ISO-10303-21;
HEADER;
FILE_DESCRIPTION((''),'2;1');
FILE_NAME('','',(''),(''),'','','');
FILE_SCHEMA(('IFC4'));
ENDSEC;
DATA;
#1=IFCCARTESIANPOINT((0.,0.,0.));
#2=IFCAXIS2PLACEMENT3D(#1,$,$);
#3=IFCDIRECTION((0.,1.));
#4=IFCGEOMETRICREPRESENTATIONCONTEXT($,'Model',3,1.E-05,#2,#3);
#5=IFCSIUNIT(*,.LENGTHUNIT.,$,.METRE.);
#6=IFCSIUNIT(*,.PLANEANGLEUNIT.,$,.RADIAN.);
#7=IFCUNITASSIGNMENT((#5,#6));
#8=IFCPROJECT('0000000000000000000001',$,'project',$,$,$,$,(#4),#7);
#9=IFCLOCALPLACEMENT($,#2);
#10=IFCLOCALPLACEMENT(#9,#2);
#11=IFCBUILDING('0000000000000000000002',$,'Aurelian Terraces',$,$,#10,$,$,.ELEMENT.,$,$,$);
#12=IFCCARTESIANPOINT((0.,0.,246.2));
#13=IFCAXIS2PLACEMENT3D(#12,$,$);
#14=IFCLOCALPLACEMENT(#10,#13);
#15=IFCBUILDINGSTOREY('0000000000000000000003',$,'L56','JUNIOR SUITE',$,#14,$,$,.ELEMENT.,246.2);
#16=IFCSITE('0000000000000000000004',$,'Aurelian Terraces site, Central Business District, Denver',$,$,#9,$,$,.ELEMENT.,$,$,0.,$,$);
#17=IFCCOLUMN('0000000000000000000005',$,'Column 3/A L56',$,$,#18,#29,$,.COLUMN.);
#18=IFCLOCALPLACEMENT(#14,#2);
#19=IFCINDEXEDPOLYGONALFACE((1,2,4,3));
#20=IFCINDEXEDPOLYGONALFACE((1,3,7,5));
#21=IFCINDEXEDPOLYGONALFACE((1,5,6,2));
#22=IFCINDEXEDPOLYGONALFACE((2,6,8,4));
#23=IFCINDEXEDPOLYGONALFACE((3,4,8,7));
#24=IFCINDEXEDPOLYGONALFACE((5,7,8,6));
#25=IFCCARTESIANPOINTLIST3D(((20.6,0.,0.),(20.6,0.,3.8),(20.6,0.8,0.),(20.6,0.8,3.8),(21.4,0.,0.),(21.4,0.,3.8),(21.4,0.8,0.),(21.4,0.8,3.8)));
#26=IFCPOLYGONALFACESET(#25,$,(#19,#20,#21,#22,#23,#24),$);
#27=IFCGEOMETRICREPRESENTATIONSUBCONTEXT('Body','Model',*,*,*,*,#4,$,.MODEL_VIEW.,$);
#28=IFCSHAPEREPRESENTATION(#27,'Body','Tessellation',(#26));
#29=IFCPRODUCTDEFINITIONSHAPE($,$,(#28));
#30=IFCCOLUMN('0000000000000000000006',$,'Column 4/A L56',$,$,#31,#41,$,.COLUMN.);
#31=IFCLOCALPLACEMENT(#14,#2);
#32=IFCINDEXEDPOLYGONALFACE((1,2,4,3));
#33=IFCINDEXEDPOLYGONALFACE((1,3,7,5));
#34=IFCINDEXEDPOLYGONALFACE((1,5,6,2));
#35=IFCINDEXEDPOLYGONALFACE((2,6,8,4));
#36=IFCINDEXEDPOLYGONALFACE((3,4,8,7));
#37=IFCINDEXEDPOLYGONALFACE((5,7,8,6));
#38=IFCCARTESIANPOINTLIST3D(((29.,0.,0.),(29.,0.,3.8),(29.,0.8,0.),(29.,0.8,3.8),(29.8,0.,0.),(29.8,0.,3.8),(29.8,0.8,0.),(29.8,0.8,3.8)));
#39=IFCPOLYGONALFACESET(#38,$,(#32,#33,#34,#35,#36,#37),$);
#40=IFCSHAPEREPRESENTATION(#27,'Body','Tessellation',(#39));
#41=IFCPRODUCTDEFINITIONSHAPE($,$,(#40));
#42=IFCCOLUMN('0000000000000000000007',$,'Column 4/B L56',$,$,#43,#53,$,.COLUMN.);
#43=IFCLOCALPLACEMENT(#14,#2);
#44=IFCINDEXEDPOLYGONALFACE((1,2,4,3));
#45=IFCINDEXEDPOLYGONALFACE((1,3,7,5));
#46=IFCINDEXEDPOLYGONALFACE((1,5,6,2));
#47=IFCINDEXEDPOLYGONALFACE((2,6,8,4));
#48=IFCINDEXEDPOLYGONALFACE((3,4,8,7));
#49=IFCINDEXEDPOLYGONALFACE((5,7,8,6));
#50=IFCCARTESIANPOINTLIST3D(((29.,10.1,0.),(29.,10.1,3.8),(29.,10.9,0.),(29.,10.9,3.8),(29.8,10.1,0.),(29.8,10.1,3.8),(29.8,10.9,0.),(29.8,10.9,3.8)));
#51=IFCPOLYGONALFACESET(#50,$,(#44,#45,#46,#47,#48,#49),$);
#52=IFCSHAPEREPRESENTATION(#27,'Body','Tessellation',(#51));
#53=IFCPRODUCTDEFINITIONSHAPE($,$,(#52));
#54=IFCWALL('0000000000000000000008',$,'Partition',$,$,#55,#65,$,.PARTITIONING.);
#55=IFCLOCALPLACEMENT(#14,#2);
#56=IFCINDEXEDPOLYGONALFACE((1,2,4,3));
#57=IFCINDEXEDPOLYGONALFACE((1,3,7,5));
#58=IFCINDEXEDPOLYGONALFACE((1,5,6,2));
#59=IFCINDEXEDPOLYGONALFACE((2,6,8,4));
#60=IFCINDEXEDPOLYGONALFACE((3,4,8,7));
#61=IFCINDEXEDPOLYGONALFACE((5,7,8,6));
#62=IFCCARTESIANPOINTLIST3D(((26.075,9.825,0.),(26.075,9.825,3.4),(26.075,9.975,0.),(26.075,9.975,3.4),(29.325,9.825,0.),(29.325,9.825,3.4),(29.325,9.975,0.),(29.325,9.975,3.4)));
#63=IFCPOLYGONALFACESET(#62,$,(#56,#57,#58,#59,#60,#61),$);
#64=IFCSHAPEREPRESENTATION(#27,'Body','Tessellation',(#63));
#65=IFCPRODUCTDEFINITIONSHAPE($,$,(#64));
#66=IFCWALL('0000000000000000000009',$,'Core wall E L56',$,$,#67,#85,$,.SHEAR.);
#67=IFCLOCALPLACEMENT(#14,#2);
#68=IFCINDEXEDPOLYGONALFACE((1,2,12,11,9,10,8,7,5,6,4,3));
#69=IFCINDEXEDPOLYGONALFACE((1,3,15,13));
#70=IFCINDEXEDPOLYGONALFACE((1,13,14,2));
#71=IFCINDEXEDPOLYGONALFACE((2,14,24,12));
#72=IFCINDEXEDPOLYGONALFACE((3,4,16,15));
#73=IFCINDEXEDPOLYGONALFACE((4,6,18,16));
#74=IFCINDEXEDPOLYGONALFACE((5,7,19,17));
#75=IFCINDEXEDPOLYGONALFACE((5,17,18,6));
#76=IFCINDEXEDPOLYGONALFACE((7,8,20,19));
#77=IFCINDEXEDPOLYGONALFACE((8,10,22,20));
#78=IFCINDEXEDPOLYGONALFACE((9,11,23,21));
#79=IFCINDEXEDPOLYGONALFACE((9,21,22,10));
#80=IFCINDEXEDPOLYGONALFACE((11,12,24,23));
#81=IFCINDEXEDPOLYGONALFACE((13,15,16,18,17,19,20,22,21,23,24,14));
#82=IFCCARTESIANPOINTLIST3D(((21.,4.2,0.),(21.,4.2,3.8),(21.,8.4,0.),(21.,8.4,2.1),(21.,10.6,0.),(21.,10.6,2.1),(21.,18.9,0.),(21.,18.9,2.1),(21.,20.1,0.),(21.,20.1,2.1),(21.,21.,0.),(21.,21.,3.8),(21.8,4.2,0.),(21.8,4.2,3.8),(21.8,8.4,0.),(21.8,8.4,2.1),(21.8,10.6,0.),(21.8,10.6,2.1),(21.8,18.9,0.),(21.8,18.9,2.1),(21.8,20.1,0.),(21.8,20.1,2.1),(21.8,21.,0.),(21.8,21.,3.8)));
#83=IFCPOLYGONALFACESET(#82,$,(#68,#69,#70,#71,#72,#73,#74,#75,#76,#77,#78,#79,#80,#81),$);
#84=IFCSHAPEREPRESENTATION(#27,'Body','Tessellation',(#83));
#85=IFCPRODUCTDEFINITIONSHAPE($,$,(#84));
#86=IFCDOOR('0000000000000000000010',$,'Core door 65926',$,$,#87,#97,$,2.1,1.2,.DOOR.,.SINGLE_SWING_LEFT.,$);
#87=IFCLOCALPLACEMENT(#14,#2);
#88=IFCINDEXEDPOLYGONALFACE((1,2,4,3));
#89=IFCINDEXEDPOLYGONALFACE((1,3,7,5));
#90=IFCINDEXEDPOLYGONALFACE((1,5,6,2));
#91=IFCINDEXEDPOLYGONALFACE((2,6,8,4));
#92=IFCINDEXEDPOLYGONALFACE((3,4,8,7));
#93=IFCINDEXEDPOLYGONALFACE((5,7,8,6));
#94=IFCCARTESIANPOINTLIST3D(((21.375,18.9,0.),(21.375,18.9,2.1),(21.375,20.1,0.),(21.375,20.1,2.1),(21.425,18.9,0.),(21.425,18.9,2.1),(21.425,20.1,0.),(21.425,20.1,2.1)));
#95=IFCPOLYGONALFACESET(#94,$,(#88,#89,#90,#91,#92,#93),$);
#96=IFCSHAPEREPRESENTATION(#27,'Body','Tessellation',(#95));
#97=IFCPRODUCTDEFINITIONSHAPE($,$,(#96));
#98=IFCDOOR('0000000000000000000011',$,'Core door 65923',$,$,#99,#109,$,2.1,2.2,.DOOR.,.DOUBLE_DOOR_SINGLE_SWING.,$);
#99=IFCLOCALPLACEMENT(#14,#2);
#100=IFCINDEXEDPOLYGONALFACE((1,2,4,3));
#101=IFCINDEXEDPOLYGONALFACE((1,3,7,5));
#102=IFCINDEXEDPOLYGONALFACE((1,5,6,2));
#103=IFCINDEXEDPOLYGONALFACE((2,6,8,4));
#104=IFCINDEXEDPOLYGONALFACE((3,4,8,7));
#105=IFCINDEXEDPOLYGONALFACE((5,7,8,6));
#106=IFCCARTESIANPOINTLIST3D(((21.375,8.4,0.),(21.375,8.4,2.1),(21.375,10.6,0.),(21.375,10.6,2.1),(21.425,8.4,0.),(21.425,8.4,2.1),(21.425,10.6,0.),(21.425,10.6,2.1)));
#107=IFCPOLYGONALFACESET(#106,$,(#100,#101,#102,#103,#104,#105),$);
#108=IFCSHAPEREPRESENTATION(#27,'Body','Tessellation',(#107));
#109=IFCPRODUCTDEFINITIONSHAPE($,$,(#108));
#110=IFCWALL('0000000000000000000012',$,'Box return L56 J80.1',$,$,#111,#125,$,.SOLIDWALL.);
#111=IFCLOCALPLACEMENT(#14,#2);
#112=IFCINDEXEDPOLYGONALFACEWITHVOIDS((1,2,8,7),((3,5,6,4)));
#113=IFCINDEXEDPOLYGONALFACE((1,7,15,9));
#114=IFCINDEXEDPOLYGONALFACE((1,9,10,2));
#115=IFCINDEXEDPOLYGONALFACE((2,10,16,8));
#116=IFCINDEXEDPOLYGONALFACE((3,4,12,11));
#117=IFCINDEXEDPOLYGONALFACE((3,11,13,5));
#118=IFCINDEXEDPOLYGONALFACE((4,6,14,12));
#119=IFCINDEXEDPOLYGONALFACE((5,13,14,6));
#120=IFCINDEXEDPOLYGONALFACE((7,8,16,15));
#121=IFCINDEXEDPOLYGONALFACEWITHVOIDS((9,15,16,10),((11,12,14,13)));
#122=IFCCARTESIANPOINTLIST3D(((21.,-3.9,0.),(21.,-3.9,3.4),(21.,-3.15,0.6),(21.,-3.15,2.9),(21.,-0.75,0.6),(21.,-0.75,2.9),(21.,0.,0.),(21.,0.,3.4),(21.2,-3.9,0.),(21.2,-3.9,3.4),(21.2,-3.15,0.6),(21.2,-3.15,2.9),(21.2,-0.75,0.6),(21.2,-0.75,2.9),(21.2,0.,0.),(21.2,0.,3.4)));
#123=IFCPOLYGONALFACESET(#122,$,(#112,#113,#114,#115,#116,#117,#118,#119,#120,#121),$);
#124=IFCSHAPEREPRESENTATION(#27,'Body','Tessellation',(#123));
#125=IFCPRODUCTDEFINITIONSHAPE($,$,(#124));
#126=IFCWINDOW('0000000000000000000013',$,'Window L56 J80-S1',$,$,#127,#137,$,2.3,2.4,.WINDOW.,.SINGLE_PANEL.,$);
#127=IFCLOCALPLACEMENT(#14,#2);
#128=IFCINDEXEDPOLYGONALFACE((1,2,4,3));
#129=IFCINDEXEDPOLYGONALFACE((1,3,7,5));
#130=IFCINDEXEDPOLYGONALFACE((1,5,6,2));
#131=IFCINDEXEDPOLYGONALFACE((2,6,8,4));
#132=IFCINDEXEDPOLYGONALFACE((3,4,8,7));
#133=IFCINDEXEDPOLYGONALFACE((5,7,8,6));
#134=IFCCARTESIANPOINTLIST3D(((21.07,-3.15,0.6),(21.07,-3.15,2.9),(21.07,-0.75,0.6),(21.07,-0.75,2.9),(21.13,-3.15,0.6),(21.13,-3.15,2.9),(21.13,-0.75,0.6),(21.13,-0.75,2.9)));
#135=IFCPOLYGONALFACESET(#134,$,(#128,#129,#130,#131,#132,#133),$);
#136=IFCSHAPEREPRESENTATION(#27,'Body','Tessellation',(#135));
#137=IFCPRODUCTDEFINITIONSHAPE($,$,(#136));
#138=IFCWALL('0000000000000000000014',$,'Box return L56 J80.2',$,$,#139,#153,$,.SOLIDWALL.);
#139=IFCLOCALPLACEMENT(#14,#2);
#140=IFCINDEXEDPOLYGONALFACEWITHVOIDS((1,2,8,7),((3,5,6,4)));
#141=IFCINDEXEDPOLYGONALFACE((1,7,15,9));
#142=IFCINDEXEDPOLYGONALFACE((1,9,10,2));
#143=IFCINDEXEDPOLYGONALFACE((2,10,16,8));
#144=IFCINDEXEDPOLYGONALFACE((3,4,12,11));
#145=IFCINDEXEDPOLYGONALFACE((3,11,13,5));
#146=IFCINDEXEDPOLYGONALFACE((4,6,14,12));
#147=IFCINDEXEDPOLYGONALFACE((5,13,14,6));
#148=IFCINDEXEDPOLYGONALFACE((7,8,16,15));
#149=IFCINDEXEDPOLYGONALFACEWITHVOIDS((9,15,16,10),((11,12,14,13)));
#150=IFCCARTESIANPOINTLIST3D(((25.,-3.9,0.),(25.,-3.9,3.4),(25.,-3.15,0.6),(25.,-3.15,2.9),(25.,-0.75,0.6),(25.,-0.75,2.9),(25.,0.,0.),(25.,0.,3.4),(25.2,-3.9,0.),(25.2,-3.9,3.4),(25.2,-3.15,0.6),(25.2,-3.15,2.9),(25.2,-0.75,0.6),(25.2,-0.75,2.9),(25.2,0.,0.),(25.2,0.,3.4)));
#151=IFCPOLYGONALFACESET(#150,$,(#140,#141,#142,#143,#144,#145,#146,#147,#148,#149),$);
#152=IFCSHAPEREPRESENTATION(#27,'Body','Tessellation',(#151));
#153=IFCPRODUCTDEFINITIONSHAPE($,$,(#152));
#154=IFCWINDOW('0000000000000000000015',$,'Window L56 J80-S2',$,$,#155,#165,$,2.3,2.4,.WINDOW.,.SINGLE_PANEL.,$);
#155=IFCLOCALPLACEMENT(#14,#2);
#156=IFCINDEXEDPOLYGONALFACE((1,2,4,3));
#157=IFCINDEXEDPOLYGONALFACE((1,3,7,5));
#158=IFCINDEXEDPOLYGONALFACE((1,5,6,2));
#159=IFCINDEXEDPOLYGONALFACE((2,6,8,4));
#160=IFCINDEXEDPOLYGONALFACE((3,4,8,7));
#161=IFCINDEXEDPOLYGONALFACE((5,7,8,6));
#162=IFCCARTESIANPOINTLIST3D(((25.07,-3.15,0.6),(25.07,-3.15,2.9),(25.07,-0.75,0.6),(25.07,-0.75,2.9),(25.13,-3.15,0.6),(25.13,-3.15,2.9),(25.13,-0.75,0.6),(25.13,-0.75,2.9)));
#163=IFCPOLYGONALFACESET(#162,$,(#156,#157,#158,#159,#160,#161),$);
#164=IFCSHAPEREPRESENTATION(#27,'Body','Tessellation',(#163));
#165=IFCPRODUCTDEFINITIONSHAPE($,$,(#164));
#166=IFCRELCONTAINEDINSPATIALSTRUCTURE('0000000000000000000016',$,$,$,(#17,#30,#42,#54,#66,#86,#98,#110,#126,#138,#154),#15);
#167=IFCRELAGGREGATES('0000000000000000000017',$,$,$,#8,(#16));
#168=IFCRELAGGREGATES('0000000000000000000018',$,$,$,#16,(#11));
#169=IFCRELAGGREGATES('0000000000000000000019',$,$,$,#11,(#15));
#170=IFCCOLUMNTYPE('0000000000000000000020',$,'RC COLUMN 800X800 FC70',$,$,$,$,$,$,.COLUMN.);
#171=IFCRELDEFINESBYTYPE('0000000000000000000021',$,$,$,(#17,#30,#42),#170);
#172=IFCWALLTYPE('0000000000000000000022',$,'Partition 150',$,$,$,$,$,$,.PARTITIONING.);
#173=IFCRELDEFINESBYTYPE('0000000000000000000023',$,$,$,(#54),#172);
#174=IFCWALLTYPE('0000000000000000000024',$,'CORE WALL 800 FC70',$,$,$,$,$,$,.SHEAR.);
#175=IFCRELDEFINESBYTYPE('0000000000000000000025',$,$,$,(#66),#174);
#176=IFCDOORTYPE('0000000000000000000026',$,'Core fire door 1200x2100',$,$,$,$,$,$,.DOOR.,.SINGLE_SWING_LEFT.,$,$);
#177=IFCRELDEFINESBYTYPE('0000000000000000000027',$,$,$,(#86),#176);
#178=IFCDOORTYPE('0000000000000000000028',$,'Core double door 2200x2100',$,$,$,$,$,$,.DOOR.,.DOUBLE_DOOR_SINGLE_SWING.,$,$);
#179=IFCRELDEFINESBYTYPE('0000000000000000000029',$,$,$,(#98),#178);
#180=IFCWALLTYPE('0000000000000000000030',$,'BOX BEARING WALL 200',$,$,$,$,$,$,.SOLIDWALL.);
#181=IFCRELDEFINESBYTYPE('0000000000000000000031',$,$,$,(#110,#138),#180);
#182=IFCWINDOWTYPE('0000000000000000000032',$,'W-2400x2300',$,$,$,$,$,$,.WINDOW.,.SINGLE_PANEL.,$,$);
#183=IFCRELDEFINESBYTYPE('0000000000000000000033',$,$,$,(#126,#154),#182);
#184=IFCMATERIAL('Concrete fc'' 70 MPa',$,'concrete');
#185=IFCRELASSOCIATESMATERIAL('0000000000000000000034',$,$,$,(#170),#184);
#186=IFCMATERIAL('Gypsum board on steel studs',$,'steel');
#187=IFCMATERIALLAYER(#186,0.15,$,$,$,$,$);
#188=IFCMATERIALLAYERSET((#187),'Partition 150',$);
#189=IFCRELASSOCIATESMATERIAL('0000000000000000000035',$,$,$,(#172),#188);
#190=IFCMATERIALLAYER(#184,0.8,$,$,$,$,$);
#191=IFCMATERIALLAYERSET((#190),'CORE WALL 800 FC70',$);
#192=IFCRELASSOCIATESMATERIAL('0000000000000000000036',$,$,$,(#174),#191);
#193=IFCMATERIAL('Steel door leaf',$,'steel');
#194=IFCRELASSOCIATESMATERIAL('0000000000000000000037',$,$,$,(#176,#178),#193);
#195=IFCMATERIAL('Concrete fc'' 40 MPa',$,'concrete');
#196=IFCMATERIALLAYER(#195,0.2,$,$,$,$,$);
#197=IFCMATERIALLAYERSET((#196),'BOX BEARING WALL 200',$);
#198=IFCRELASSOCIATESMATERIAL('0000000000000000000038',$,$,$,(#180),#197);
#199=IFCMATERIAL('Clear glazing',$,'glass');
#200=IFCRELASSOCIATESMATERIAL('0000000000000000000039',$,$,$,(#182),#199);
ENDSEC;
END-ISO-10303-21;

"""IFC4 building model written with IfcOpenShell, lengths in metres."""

from ifc_helpers import new_model, si_unit, direction, frame, frame_2d, origin, origin_2d, place, context, subcontext, project, spatial, rectangle, extrude, source, transform, mapped, material, layer, layer_set, material_profile, profile_set, type_object, element, fill, save


model = new_model("IFC4")

# Units and contexts
model_context = context("Model", 3, precision=1e-05, world=origin(), true_north=direction((0.0, 1.0)))
body_context = subcontext(model_context, "Body", "Model", "MODEL_VIEW")
ifc_project = project(units=[si_unit("LENGTHUNIT", "METRE"), si_unit("PLANEANGLEUNIT", "RADIAN")], contexts=[model_context])

# Site, building, storey
site_placement = place(None, origin())
site = spatial("IfcSite", under=ifc_project, at=site_placement, Name="Aurelian Terraces site, Central Business District, Denver", CompositionType="ELEMENT", RefElevation=0.0)
building_placement = place(site_placement, origin())
building = spatial("IfcBuilding", under=site, at=building_placement, Name="Aurelian Terraces", CompositionType="ELEMENT")
storey_placement = place(building_placement, frame((0.0, 0.0, 246.2)))
storey = spatial("IfcBuildingStorey", under=building, at=storey_placement, Name="L56", Description="JUNIOR SUITE", CompositionType="ELEMENT", Elevation=246.2)

# Columns
ifc_material_1 = material(Name="Concrete fc' 70 MPa", Category="concrete")
ifc_material_profile = material_profile(ifc_material_1, rectangle(XDim=0.8, YDim=0.8, at=origin_2d()))
ifc_profile_set = profile_set([ifc_material_profile], Name="Concrete fc' 70 MPa")
column_type = type_object("IfcColumnType", Name="RC COLUMN 800X800 FC70", PredefinedType="COLUMN", material=ifc_profile_set)
shared_shape_1 = source(origin(), body_context, "Body", "SweptSolid", [
    extrude(rectangle(XDim=0.8, YDim=0.8, at=origin_2d()), origin(), (0.0, 0.0, 1.0), 3.8),
])
for number, where, z_axis, x_axis, name in (
    (1, (21.0, 0.4, 0.0), (0.0, 0.0, 1.0), (1.0, 0.0, 0.0), "Column 3/A L56"),
    (2, (29.4, 0.4, 0.0), (0.0, 0.0, 1.0), (1.0, 0.0, 0.0), "Column 4/A L56"),
    (3, (29.4, 10.5, 0.0), (0.0, 0.0, 1.0), (1.0, 0.0, 0.0), "Column 4/B L56"),
):
    element("IfcColumn", number, at=place(storey_placement, frame(where, z_axis=z_axis, x_axis=x_axis)), inside=storey, type_object=column_type, Name=name, PredefinedType="COLUMN", context=body_context, shape_type="MappedRepresentation", body=[
        mapped(shared_shape_1, transform((0.0, 0.0, 0.0), scale=1.0)),
    ])

# Wall
ifc_material_2 = material(Name="Gypsum board on steel studs", Category="steel")
ifc_layer_1 = layer(ifc_material_2, 0.15)
ifc_layer_set_1 = layer_set([ifc_layer_1], Name="Partition 150")
wall_type_1 = type_object("IfcWallType", Name="Partition 150", PredefinedType="PARTITIONING", material=ifc_layer_set_1)
wall_1_placement = place(storey_placement, frame((29.325, 9.9, 0.0), z_axis=(0.0, 0.0, 1.0), x_axis=(-1.0, 0.0, 0.0)))
element("IfcWall", 4, at=wall_1_placement, inside=storey, type_object=wall_type_1, Name="Partition", PredefinedType="PARTITIONING", context=body_context, shape_type="SweptSolid", body=[
    extrude(rectangle(XDim=3.25, YDim=0.15, at=frame_2d((1.625, 0.0))), origin(), (0.0, 0.0, 1.0), 3.4),
])

# Wall, openings, doors
ifc_layer_2 = layer(ifc_material_1, 0.8)
ifc_layer_set_2 = layer_set([ifc_layer_2], Name="CORE WALL 800 FC70")
wall_type_2 = type_object("IfcWallType", Name="CORE WALL 800 FC70", PredefinedType="SHEAR", material=ifc_layer_set_2)
shared_shape_2 = source(origin(), body_context, "Body", "SweptSolid", [
    extrude(rectangle(XDim=16.8, YDim=0.8, at=frame_2d((8.4, 0.0))), origin(), (0.0, 0.0, 1.0), 3.8),
])
wall_2_placement = place(storey_placement, frame((21.4, 4.2, 0.0), z_axis=(0.0, 0.0, 1.0), x_axis=(0.0, 1.0, 0.0)))
wall_2 = element("IfcWall", 5, at=wall_2_placement, inside=storey, type_object=wall_type_2, Name="Core wall E L56", PredefinedType="SHEAR", context=body_context, shape_type="MappedRepresentation", body=[
    mapped(shared_shape_2, transform((0.0, 0.0, 0.0), scale=1.0)),
])
shared_shape_3 = source(origin(), body_context, "Body", "SweptSolid", [
    extrude(rectangle(XDim=2.2, YDim=2.1, at=frame_2d((1.1, 1.05))), frame((0.0, 0.41, 0.0), z_axis=(0.0, -1.0, 0.0), x_axis=(1.0, 0.0, 0.0)), (0.0, 0.0, 1.0), 0.82),
])
opening_1_placement = place(wall_2_placement, frame((4.2, 0.0, 0.0)))
opening_1 = element("IfcOpeningElement", 6, at=opening_1_placement, cuts=wall_2, PredefinedType="OPENING", context=body_context, shape_type="MappedRepresentation", body=[
    mapped(shared_shape_3, transform((0.0, 0.0, 0.0), scale=1.0)),
])
shared_shape_4 = source(origin(), body_context, "Body", "SweptSolid", [
    extrude(rectangle(XDim=1.2, YDim=2.1, at=frame_2d((0.6, 1.05))), frame((0.0, 0.41, 0.0), z_axis=(0.0, -1.0, 0.0), x_axis=(1.0, 0.0, 0.0)), (0.0, 0.0, 1.0), 0.82),
])
opening_2_placement = place(wall_2_placement, frame((14.7, 0.0, 0.0)))
opening_2 = element("IfcOpeningElement", 7, at=opening_2_placement, cuts=wall_2, PredefinedType="OPENING", context=body_context, shape_type="MappedRepresentation", body=[
    mapped(shared_shape_4, transform((0.0, 0.0, 0.0), scale=1.0)),
])
ifc_material_3 = material(Name="Steel door leaf", Category="steel")
door_type_1 = type_object("IfcDoorType", Name="Core fire door 1200x2100", OperationType="SINGLE_SWING_LEFT", PredefinedType="DOOR", material=ifc_material_3)
shared_shape_5 = source(origin(), body_context, "Body", "SweptSolid", [
    extrude(rectangle(XDim=1.2, YDim=2.1, at=frame_2d((0.6, 1.05))), frame((0.0, 0.025, 0.0), z_axis=(0.0, -1.0, 0.0), x_axis=(1.0, 0.0, 0.0)), (0.0, 0.0, 1.0), 0.05),
])
door_1_placement = place(opening_2_placement, origin())
door_1 = element("IfcDoor", 8, at=door_1_placement, inside=storey, type_object=door_type_1, Name="Core door 65926", OperationType="SINGLE_SWING_LEFT", OverallHeight=2.1, OverallWidth=1.2, PredefinedType="DOOR", context=body_context, shape_type="MappedRepresentation", body=[
    mapped(shared_shape_5, transform((0.0, 0.0, 0.0), scale=1.0)),
])
fill(opening_2, door_1)
door_type_2 = type_object("IfcDoorType", Name="Core double door 2200x2100", OperationType="DOUBLE_DOOR_SINGLE_SWING", PredefinedType="DOOR", material=ifc_material_3)
shared_shape_6 = source(origin(), body_context, "Body", "SweptSolid", [
    extrude(rectangle(XDim=2.2, YDim=2.1, at=frame_2d((1.1, 1.05))), frame((0.0, 0.025, 0.0), z_axis=(0.0, -1.0, 0.0), x_axis=(1.0, 0.0, 0.0)), (0.0, 0.0, 1.0), 0.05),
])
door_2_placement = place(opening_1_placement, origin())
door_2 = element("IfcDoor", 9, at=door_2_placement, inside=storey, type_object=door_type_2, Name="Core door 65923", OperationType="DOUBLE_DOOR_SINGLE_SWING", OverallHeight=2.1, OverallWidth=2.2, PredefinedType="DOOR", context=body_context, shape_type="MappedRepresentation", body=[
    mapped(shared_shape_6, transform((0.0, 0.0, 0.0), scale=1.0)),
])
fill(opening_1, door_2)

# Walls, openings, windows
ifc_material_4 = material(Name="Concrete fc' 40 MPa", Category="concrete")
ifc_layer_3 = layer(ifc_material_4, 0.2)
ifc_layer_set_3 = layer_set([ifc_layer_3], Name="BOX BEARING WALL 200")
wall_type_3 = type_object("IfcWallType", Name="BOX BEARING WALL 200", PredefinedType="SOLIDWALL", material=ifc_layer_set_3)
shared_shape_7 = source(origin(), body_context, "Body", "SweptSolid", [
    extrude(rectangle(XDim=3.9, YDim=0.2, at=frame_2d((1.95, 0.0))), origin(), (0.0, 0.0, 1.0), 3.4),
])
wall_3_placement = place(storey_placement, frame((21.1, 0.0, 0.0), z_axis=(0.0, 0.0, 1.0), x_axis=(0.0, -1.0, 0.0)))
wall_3 = element("IfcWall", 10, at=wall_3_placement, inside=storey, type_object=wall_type_3, Name="Box return L56 J80.1", PredefinedType="SOLIDWALL", context=body_context, shape_type="MappedRepresentation", body=[
    mapped(shared_shape_7, transform((0.0, 0.0, 0.0), scale=1.0)),
])
shared_shape_8 = source(origin(), body_context, "Body", "SweptSolid", [
    extrude(rectangle(XDim=2.4, YDim=2.3, at=frame_2d((1.2, 1.15))), frame((0.0, 0.11, 0.0), z_axis=(0.0, -1.0, 0.0), x_axis=(1.0, 0.0, 0.0)), (0.0, 0.0, 1.0), 0.22),
])
opening_3_placement = place(wall_3_placement, frame((0.75, 0.0, 0.6)))
opening_3 = element("IfcOpeningElement", 11, at=opening_3_placement, cuts=wall_3, PredefinedType="OPENING", context=body_context, shape_type="MappedRepresentation", body=[
    mapped(shared_shape_8, transform((0.0, 0.0, 0.0), scale=1.0)),
])
ifc_material_5 = material(Name="Clear glazing", Category="glass")
window_type_1 = type_object("IfcWindowType", Name="W-2400x2300", PartitioningType="SINGLE_PANEL", PredefinedType="WINDOW", material=ifc_material_5)
shared_shape_9 = source(origin(), body_context, "Body", "SweptSolid", [
    extrude(rectangle(XDim=2.4, YDim=2.3, at=frame_2d((1.2, 1.15))), frame((0.0, 0.03, 0.0), z_axis=(0.0, -1.0, 0.0), x_axis=(1.0, 0.0, 0.0)), (0.0, 0.0, 1.0), 0.06),
])
window_1_placement = place(opening_3_placement, origin())
window_1 = element("IfcWindow", 12, at=window_1_placement, inside=storey, type_object=window_type_1, Name="Window L56 J80-S1", OverallHeight=2.3, OverallWidth=2.4, PartitioningType="SINGLE_PANEL", PredefinedType="WINDOW", context=body_context, shape_type="MappedRepresentation", body=[
    mapped(shared_shape_9, transform((0.0, 0.0, 0.0), scale=1.0)),
])
fill(opening_3, window_1)
wall_4_placement = place(storey_placement, frame((25.1, 0.0, 0.0), z_axis=(0.0, 0.0, 1.0), x_axis=(0.0, -1.0, 0.0)))
wall_4 = element("IfcWall", 13, at=wall_4_placement, inside=storey, type_object=wall_type_3, Name="Box return L56 J80.2", PredefinedType="SOLIDWALL", context=body_context, shape_type="MappedRepresentation", body=[
    mapped(shared_shape_7, transform((0.0, 0.0, 0.0), scale=1.0)),
])
opening_4_placement = place(wall_4_placement, frame((0.75, 0.0, 0.6)))
opening_4 = element("IfcOpeningElement", 14, at=opening_4_placement, cuts=wall_4, PredefinedType="OPENING", context=body_context, shape_type="MappedRepresentation", body=[
    mapped(shared_shape_8, transform((0.0, 0.0, 0.0), scale=1.0)),
])
window_2_placement = place(opening_4_placement, origin())
window_2 = element("IfcWindow", 15, at=window_2_placement, inside=storey, type_object=window_type_1, Name="Window L56 J80-S2", OverallHeight=2.3, OverallWidth=2.4, PartitioningType="SINGLE_PANEL", PredefinedType="WINDOW", context=body_context, shape_type="MappedRepresentation", body=[
    mapped(shared_shape_9, transform((0.0, 0.0, 0.0), scale=1.0)),
])
fill(opening_4, window_2)

save(model, "model.ifc")
